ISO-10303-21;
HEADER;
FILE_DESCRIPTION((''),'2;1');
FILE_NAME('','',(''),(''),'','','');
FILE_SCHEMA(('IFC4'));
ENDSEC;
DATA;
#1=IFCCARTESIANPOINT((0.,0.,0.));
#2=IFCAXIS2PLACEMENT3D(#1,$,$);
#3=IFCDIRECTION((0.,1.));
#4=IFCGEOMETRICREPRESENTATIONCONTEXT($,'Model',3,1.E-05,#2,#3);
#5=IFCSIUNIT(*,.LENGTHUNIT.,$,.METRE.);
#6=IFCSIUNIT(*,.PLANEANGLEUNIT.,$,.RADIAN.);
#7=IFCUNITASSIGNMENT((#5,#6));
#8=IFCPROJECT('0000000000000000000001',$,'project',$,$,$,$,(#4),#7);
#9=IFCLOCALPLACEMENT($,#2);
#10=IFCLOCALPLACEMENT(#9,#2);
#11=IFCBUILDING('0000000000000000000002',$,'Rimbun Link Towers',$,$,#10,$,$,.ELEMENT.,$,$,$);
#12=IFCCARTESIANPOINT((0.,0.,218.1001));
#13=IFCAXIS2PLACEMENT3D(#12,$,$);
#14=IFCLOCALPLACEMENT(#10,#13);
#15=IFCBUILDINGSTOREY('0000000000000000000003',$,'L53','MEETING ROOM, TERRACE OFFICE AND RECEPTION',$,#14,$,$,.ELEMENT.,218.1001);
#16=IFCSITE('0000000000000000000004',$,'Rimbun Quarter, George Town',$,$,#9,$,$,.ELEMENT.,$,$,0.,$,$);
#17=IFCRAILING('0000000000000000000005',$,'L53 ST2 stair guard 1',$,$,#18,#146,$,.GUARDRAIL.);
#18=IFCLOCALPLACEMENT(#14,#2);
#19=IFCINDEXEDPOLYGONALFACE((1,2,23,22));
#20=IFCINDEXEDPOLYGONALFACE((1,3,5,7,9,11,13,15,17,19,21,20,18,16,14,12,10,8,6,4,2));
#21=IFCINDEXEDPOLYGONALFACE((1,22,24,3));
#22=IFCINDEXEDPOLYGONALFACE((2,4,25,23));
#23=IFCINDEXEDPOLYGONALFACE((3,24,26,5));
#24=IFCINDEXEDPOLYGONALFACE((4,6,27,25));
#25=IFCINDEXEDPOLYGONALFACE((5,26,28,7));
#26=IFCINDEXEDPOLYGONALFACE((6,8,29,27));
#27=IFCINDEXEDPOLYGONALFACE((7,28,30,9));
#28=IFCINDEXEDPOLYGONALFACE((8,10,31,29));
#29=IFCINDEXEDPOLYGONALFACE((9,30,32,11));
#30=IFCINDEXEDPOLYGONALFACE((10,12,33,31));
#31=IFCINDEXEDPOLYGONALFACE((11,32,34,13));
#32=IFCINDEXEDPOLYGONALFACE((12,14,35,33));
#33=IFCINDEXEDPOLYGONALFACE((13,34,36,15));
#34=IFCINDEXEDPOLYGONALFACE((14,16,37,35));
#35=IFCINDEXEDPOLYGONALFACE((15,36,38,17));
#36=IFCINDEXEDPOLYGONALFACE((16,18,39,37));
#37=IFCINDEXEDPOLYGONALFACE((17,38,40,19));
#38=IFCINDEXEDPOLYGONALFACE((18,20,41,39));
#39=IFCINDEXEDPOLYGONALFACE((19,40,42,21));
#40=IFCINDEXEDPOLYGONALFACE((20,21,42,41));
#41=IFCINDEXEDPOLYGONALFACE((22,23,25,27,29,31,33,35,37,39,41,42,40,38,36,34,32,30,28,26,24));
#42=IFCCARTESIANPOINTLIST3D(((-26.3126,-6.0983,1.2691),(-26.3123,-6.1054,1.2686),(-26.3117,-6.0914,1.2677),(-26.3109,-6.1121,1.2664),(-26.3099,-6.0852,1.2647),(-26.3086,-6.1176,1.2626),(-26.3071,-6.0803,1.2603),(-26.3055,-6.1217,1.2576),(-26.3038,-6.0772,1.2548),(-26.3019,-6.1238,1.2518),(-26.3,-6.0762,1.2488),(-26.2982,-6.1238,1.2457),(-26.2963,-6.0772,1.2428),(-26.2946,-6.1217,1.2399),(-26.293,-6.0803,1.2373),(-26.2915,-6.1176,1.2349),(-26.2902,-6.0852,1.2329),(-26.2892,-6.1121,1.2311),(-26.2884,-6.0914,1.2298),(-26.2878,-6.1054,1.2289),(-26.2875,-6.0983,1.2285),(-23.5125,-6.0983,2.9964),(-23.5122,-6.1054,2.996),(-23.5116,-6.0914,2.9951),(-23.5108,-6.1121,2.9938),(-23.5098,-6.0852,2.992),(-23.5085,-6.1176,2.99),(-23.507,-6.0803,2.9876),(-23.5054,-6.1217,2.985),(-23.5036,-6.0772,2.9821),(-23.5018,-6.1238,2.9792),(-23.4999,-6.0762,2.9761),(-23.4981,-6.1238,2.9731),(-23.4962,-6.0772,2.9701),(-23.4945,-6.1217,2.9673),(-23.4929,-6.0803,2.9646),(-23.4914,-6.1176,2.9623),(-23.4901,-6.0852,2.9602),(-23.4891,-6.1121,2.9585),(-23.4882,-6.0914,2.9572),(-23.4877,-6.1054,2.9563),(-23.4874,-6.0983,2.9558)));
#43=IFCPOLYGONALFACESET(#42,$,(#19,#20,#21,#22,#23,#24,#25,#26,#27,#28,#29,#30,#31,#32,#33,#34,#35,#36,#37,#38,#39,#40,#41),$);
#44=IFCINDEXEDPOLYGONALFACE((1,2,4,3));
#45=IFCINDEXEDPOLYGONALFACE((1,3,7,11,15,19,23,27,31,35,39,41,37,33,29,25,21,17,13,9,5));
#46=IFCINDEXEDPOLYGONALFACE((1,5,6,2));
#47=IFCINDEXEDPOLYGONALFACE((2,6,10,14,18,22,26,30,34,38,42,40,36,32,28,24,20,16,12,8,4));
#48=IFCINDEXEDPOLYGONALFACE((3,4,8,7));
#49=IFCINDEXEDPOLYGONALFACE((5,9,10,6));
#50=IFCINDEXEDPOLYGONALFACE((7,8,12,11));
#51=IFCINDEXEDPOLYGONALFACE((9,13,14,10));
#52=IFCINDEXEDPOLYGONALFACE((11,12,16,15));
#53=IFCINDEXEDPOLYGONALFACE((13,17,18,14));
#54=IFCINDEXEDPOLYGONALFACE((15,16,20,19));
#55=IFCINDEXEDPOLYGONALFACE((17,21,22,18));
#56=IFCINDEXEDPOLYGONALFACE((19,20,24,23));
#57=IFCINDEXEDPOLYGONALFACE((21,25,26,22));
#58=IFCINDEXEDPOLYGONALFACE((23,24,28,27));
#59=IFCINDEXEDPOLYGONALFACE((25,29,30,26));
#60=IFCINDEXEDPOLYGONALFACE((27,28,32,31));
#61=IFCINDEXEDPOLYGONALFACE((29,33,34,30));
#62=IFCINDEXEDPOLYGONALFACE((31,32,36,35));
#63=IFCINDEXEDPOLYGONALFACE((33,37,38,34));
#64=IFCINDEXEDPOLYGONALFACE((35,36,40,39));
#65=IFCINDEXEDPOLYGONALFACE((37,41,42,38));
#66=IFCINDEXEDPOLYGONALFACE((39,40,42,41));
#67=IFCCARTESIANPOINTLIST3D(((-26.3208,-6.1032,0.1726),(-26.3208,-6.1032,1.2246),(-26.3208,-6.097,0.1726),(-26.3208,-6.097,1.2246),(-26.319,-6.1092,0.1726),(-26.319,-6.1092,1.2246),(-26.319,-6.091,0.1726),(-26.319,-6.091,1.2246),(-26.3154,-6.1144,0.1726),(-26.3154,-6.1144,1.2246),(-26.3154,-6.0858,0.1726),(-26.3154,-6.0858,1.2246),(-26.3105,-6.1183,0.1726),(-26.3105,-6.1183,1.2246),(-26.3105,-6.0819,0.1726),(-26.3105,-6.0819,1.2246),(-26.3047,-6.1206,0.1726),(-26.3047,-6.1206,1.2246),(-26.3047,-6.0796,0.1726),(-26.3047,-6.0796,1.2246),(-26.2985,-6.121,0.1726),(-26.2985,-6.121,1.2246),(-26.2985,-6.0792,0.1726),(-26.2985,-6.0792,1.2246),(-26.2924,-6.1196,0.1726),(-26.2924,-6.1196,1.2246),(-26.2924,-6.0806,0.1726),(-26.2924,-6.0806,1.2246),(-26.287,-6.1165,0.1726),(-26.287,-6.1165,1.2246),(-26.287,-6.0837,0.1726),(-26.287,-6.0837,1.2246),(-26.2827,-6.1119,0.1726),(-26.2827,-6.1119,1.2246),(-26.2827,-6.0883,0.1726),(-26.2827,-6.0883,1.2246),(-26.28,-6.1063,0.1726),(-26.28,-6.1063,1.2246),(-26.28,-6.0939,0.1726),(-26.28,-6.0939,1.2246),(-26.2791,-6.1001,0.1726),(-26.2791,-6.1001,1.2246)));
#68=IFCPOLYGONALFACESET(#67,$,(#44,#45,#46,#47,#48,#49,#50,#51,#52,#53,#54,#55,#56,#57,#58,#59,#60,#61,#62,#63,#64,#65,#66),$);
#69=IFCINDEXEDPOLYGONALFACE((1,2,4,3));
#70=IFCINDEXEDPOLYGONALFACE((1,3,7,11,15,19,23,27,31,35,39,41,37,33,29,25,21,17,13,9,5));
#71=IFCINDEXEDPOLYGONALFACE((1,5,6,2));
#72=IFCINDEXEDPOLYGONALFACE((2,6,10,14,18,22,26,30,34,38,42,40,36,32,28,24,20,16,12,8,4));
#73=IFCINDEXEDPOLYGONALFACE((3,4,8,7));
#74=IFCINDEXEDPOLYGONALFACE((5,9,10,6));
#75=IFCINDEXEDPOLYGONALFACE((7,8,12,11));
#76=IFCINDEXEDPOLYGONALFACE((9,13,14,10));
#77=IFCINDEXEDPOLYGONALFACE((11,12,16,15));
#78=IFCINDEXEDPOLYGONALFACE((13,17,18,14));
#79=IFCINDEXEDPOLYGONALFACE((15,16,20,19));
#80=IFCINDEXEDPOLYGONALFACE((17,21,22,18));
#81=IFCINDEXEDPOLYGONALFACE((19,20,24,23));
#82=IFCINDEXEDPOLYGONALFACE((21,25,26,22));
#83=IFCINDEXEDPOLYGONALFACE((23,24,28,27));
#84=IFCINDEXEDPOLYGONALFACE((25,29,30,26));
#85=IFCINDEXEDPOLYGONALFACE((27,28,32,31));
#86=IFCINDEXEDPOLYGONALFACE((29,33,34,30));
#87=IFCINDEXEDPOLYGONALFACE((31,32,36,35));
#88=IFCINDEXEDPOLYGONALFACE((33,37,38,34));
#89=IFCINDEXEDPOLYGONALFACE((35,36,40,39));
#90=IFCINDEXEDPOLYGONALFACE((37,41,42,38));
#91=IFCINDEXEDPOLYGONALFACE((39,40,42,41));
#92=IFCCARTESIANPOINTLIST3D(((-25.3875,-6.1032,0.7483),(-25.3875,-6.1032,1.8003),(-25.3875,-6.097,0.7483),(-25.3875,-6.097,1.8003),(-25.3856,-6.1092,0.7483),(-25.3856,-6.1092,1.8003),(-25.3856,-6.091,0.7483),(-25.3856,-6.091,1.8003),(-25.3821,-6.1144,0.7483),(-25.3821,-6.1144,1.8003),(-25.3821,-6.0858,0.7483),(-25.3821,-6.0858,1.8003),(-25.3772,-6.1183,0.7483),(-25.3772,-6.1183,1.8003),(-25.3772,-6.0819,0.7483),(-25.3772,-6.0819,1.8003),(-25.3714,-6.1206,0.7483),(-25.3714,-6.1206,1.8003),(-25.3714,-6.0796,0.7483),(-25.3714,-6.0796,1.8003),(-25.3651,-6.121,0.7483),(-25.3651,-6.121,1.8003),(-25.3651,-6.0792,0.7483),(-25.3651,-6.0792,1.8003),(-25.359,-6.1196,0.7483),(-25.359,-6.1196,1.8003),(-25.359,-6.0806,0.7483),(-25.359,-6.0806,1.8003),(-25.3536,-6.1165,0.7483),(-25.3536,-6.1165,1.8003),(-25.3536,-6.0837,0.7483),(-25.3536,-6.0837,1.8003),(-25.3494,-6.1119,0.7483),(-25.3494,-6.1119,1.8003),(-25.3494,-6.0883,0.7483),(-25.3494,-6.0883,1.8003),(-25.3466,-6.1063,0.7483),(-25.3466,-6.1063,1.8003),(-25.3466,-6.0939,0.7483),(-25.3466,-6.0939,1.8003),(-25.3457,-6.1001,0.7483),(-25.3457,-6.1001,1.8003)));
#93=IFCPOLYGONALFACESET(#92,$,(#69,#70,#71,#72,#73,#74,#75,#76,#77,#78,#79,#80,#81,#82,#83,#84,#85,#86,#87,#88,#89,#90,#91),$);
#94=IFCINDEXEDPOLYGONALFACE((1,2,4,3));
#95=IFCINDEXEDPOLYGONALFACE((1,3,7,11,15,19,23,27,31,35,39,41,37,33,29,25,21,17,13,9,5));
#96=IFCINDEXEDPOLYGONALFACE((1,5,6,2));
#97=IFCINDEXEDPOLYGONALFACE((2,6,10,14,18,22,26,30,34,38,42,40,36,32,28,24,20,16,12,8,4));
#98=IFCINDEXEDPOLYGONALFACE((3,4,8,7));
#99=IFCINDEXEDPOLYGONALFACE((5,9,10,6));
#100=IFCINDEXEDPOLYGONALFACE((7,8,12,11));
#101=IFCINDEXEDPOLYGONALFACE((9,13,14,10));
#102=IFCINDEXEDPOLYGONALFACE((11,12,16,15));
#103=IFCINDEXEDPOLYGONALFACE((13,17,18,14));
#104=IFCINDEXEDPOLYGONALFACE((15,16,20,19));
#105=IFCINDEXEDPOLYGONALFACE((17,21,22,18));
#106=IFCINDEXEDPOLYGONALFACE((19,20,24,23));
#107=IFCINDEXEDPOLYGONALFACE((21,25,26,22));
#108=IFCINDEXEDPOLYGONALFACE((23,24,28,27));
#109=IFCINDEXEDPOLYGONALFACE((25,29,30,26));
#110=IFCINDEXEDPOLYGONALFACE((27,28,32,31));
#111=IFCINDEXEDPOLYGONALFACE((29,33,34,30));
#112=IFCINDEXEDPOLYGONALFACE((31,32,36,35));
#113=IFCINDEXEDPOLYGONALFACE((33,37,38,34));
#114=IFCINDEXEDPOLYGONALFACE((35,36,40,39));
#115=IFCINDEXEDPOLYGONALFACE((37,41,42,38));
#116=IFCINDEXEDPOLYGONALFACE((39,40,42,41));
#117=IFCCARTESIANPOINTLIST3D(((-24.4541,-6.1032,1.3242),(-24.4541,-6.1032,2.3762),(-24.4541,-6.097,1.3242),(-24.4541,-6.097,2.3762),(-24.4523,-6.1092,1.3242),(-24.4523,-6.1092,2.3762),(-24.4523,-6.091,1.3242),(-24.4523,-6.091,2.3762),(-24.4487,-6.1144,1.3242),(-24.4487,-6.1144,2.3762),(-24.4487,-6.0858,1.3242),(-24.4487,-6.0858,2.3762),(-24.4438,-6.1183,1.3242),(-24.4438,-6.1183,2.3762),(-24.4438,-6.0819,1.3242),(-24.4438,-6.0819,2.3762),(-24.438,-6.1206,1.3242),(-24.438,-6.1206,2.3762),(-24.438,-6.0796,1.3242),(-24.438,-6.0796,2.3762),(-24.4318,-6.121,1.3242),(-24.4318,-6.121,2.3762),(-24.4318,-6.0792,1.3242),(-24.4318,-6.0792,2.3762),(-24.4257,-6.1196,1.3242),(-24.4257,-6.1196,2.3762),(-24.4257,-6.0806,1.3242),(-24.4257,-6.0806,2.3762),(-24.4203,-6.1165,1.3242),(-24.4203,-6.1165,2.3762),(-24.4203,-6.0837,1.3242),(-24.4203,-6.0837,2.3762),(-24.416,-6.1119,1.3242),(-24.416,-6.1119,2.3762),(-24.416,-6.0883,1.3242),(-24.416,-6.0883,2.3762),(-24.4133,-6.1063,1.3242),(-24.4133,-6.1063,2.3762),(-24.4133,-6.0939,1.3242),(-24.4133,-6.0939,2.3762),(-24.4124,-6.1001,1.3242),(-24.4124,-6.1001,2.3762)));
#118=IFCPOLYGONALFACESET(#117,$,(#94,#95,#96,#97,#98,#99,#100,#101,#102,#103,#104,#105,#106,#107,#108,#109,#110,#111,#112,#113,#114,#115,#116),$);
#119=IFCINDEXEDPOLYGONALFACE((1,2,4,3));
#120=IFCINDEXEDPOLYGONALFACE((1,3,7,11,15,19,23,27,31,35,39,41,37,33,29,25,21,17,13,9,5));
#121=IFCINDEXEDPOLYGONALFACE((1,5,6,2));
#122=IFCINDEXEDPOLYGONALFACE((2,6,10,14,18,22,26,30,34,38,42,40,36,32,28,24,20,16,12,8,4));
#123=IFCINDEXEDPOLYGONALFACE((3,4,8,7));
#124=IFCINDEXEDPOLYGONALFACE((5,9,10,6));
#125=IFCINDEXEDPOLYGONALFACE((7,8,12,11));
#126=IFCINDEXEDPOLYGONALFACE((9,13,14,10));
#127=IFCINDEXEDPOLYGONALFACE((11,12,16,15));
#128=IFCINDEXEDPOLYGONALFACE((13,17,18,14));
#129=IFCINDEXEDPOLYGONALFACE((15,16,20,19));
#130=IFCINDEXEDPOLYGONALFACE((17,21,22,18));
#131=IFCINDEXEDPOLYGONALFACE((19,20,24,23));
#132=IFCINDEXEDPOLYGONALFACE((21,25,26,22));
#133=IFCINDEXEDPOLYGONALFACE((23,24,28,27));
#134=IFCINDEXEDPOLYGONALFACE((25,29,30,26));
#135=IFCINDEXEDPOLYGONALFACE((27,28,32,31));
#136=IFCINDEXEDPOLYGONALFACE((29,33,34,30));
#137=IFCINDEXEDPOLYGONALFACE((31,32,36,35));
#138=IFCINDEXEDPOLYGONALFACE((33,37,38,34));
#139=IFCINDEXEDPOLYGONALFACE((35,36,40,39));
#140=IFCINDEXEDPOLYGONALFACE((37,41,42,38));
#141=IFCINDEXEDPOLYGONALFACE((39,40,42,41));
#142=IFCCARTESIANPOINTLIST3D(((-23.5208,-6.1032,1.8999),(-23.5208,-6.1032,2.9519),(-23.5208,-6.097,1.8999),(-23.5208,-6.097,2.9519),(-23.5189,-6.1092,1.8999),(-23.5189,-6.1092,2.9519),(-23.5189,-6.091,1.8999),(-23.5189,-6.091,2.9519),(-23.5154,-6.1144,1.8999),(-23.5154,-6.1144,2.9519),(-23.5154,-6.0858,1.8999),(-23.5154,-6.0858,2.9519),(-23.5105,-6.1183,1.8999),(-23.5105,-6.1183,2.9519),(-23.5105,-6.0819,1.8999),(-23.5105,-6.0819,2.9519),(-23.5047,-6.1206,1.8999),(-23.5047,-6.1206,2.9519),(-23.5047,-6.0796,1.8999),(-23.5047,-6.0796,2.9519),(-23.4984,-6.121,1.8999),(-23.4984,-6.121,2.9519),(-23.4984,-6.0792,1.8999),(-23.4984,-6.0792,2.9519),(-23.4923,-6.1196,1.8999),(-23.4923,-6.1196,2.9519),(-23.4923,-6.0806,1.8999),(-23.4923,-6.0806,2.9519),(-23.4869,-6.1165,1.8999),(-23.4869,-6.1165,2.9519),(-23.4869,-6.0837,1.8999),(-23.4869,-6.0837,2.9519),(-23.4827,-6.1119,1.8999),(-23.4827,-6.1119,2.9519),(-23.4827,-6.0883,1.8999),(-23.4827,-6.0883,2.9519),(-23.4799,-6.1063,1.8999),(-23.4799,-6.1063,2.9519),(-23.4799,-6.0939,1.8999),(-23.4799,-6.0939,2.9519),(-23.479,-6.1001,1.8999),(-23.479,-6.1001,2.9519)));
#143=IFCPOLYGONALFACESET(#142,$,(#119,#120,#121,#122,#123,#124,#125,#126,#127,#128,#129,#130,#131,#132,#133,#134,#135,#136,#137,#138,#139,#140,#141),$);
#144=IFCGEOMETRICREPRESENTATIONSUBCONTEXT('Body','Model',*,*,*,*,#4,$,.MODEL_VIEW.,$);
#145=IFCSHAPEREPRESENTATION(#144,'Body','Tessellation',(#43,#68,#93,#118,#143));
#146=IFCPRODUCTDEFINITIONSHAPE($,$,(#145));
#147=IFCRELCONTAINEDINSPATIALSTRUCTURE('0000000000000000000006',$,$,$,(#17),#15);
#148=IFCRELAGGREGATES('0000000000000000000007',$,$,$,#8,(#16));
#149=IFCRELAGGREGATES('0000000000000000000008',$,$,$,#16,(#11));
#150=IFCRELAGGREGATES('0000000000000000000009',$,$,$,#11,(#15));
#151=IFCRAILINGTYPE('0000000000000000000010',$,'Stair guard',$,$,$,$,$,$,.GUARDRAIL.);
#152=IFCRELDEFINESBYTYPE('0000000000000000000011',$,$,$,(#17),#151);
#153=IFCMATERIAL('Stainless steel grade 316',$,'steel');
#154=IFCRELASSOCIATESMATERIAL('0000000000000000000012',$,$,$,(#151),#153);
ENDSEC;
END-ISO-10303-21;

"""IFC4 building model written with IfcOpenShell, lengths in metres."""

from ifc_helpers import new_model, si_unit, direction, frame, origin, origin_2d, place, context, subcontext, project, spatial, circle, extrude, material, type_object, element, save


model = new_model("IFC4")

# Units and contexts
model_context = context("Model", 3, precision=1e-05, world=origin(), true_north=direction((0.0, 1.0)))
body_context = subcontext(model_context, "Body", "Model", "MODEL_VIEW")
ifc_project = project(units=[si_unit("LENGTHUNIT", "METRE"), si_unit("PLANEANGLEUNIT", "RADIAN")], contexts=[model_context])

# Site, building, storey
site_placement = place(None, origin())
site = spatial("IfcSite", under=ifc_project, at=site_placement, Name="Rimbun Quarter, George Town", CompositionType="ELEMENT", RefElevation=0.0)
building_placement = place(site_placement, origin())
building = spatial("IfcBuilding", under=site, at=building_placement, Name="Rimbun Link Towers", CompositionType="ELEMENT")
storey_placement = place(building_placement, frame((0.0, 0.0, 218.1001)))
storey = spatial("IfcBuildingStorey", under=building, at=storey_placement, Name="L53", Description="MEETING ROOM, TERRACE OFFICE AND RECEPTION", CompositionType="ELEMENT", Elevation=218.1001)

# Railing
ifc_material_1 = material(Name="Stainless steel grade 316", Category="steel")
railing_type_1 = type_object("IfcRailingType", Name="Stair guard", PredefinedType="GUARDRAIL", material=ifc_material_1)
railing_1_placement = place(storey_placement, frame((-26.3, -6.1001, 0.1726)))
element("IfcRailing", 1, at=railing_1_placement, inside=storey, type_object=railing_type_1, Name="L53 ST2 stair guard 1", PredefinedType="GUARDRAIL", context=body_context, shape_type="SweptSolid", body=[
    extrude(circle(Radius=0.0239, at=origin_2d()), frame((0.0, 0.0, 1.0762), z_axis=(0.85109, 0.0, 0.52502), x_axis=(0.0, 1.0, 0.0)), (0.0, 0.0, 1.0), 3.29),
    extrude(circle(Radius=0.021, at=origin_2d()), origin(), (0.0, 0.0, 1.0), 1.052),
    extrude(circle(Radius=0.021, at=origin_2d()), frame((0.9333, 0.0, 0.5757)), (0.0, 0.0, 1.0), 1.052),
    extrude(circle(Radius=0.021, at=origin_2d()), frame((1.8667, 0.0, 1.1516)), (0.0, 0.0, 1.0), 1.052),
    extrude(circle(Radius=0.021, at=origin_2d()), frame((2.8, 0.0, 1.7273)), (0.0, 0.0, 1.0), 1.052),
])

save(model, "model.ifc")
